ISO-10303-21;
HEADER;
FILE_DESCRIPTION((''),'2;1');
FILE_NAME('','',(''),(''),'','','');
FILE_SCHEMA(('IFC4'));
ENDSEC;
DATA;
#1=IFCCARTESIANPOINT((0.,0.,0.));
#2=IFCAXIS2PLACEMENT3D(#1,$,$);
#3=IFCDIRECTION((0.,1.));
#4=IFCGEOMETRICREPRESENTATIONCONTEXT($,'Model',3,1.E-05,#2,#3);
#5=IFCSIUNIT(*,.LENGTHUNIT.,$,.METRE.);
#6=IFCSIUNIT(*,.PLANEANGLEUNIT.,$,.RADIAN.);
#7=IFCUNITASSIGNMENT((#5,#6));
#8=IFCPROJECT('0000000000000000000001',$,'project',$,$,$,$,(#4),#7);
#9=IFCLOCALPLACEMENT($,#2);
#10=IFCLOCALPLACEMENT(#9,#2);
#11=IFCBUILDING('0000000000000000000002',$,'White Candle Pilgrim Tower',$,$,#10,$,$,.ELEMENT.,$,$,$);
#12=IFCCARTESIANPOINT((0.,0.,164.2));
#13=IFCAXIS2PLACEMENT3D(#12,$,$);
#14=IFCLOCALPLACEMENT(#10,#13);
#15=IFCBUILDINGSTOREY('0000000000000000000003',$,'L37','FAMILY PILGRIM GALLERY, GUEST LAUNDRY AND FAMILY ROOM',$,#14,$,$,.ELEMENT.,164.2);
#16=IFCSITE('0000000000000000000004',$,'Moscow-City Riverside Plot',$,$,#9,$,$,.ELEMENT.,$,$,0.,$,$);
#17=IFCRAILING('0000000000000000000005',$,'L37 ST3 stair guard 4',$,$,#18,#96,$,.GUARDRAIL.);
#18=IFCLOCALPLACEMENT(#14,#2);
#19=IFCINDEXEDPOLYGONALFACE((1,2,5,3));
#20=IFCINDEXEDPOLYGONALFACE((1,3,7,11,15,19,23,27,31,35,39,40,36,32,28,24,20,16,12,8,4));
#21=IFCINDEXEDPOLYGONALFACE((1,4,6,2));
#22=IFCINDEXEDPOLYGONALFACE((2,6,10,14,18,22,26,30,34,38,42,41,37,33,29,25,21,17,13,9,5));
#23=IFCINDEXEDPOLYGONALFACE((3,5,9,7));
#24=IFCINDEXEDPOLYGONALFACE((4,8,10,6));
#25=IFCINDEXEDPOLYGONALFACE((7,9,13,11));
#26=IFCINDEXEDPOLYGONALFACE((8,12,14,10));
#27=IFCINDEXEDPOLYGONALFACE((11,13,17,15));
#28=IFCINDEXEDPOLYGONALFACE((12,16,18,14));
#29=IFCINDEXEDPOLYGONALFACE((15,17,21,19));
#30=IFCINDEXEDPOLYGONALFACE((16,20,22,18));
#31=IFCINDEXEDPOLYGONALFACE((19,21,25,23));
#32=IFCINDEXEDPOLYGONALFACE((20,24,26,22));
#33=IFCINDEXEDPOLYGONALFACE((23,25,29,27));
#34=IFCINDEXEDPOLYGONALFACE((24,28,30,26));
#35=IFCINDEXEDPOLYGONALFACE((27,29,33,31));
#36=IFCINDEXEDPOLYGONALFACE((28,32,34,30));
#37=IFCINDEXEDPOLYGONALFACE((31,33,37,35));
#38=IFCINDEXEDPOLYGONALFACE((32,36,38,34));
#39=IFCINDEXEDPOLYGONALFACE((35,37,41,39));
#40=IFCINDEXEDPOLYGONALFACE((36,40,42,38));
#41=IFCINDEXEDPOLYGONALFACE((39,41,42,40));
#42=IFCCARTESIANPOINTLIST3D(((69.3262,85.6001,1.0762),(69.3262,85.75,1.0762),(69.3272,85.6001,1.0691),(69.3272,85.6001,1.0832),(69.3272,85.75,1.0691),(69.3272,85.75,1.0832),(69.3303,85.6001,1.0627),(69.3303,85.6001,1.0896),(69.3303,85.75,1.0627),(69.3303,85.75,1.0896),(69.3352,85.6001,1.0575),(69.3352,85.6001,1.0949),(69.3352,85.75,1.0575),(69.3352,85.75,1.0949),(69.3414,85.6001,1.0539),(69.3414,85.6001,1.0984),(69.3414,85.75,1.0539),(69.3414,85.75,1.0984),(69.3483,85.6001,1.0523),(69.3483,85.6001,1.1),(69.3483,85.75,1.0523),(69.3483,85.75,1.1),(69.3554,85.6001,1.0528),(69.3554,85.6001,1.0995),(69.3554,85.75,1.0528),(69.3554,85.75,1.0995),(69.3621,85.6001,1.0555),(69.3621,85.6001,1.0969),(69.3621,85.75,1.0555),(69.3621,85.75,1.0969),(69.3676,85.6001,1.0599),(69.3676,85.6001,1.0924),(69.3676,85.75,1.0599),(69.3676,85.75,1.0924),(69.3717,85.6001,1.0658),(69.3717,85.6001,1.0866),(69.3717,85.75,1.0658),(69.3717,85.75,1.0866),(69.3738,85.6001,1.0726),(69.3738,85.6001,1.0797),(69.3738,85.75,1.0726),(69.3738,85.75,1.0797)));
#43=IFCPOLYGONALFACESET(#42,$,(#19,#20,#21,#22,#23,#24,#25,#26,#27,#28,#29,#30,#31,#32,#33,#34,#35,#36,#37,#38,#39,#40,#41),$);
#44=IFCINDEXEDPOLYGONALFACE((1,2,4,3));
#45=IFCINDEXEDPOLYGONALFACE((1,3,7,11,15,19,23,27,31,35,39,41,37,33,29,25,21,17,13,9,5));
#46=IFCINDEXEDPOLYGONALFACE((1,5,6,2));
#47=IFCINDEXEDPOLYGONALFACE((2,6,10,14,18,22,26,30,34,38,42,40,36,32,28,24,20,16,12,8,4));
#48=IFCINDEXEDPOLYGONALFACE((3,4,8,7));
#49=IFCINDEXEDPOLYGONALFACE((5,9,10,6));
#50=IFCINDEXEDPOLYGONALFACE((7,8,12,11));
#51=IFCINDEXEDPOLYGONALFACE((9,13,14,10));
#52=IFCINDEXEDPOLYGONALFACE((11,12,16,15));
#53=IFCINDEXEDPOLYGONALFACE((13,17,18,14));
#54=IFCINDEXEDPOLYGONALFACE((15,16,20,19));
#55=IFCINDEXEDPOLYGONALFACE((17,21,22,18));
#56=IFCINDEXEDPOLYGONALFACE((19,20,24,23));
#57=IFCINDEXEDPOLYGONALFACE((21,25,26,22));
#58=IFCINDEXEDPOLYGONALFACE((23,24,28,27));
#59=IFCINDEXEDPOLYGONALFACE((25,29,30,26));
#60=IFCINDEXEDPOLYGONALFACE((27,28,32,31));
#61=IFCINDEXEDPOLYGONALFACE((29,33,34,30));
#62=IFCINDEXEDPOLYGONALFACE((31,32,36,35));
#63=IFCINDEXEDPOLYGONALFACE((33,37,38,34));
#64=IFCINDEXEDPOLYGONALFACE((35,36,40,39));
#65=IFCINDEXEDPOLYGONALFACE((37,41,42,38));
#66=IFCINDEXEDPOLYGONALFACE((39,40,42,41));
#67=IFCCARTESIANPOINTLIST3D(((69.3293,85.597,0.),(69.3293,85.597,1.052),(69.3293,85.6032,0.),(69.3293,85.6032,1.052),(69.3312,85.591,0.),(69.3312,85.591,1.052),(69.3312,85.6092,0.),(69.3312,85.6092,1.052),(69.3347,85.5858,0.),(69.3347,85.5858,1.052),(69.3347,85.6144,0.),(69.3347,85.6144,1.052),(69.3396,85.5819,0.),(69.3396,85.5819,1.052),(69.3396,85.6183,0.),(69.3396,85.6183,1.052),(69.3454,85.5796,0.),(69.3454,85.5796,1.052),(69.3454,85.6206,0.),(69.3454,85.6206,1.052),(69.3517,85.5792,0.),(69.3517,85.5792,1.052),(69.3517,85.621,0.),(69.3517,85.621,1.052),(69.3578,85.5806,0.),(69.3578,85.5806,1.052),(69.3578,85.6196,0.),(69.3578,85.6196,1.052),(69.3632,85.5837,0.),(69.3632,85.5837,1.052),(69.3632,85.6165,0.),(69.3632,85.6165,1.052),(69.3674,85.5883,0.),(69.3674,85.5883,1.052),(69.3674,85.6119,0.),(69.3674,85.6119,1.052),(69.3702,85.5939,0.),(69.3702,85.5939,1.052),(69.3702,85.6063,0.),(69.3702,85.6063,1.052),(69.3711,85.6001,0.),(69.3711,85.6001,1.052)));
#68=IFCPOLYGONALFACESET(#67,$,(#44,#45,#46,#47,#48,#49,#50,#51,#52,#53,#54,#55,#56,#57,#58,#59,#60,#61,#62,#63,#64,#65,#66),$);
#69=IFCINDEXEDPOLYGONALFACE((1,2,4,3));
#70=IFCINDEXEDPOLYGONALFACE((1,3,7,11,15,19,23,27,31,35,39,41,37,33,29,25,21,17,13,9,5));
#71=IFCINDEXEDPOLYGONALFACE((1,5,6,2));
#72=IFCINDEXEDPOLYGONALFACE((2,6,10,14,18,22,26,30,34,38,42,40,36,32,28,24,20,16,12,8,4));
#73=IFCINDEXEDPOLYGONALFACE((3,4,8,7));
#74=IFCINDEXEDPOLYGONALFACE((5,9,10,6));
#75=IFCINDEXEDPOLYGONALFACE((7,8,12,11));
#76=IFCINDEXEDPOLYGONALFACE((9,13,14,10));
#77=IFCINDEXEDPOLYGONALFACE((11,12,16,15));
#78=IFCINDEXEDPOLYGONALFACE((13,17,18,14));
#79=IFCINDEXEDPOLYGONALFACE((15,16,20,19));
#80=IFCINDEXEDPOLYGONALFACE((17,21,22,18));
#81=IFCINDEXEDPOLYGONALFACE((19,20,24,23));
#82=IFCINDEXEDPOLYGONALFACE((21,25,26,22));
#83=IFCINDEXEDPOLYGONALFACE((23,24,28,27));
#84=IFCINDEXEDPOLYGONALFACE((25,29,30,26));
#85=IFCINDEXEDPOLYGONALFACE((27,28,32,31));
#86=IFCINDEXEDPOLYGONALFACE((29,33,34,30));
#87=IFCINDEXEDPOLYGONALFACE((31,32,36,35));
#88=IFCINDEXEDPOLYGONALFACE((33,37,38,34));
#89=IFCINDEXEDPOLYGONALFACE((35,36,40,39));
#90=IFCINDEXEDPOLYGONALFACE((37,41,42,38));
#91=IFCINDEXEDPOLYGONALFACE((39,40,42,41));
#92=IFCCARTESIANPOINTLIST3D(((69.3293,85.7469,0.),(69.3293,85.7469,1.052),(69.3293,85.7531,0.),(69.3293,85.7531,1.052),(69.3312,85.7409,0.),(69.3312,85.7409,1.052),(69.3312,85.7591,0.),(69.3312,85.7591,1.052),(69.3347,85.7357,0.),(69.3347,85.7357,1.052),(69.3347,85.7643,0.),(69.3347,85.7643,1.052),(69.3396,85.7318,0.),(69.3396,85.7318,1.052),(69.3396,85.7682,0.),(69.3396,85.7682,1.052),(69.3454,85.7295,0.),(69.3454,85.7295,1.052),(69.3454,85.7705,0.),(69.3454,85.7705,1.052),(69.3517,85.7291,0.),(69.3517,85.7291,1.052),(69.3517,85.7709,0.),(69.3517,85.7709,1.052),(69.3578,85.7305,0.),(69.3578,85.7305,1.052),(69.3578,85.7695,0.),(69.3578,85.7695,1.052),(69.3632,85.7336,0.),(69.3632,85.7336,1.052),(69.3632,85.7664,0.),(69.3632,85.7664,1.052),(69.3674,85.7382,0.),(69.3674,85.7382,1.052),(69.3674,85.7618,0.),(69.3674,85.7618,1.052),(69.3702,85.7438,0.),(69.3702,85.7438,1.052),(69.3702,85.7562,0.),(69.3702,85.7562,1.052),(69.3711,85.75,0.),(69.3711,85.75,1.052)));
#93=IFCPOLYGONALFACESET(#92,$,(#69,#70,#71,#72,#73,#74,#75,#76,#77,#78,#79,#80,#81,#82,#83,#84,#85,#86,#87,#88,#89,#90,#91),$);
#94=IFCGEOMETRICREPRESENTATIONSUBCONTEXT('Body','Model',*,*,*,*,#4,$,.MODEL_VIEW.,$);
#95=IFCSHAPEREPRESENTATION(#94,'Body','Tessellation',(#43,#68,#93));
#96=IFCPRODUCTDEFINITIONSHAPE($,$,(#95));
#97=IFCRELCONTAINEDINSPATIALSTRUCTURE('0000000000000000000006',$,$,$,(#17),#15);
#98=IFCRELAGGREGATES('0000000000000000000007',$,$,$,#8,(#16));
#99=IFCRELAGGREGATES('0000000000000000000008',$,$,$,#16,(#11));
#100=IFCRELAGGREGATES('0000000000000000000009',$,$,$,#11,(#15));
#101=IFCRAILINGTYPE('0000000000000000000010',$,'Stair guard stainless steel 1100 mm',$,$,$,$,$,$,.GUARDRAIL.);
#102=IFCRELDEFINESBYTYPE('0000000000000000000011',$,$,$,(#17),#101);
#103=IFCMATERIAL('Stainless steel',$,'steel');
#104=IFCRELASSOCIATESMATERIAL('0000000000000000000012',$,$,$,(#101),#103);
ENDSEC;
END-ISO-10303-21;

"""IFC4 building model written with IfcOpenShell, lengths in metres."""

from ifc_helpers import new_model, si_unit, direction, frame, origin, origin_2d, place, context, subcontext, project, spatial, circle, extrude, material, type_object, element, save


model = new_model("IFC4")

# Units and contexts
model_context = context("Model", 3, precision=1e-05, world=origin(), true_north=direction((0.0, 1.0)))
body_context = subcontext(model_context, "Body", "Model", "MODEL_VIEW")
ifc_project = project(units=[si_unit("LENGTHUNIT", "METRE"), si_unit("PLANEANGLEUNIT", "RADIAN")], contexts=[model_context])

# Site, building, storey
site_placement = place(None, origin())
site = spatial("IfcSite", under=ifc_project, at=site_placement, Name="Moscow-City Riverside Plot", CompositionType="ELEMENT", RefElevation=0.0)
building_placement = place(site_placement, origin())
building = spatial("IfcBuilding", under=site, at=building_placement, Name="White Candle Pilgrim Tower", CompositionType="ELEMENT")
storey_placement = place(building_placement, frame((0.0, 0.0, 164.2)))
storey = spatial("IfcBuildingStorey", under=building, at=storey_placement, Name="L37", Description="FAMILY PILGRIM GALLERY, GUEST LAUNDRY AND FAMILY ROOM", CompositionType="ELEMENT", Elevation=164.2)

# Shared definitions
ifc_material_1 = material(Name="Stainless steel", Category="steel")

# Railing
railing_type_1 = type_object("IfcRailingType", Name="Stair guard stainless steel 1100 mm", PredefinedType="GUARDRAIL", material=ifc_material_1)
railing_1_placement = place(storey_placement, frame((69.3501, 85.6001, 0.0)))
element("IfcRailing", 1, at=railing_1_placement, inside=storey, type_object=railing_type_1, Name="L37 ST3 stair guard 4", PredefinedType="GUARDRAIL", context=body_context, shape_type="SweptSolid", body=[
    extrude(circle(Radius=0.0239, at=origin_2d()), frame((0.0, 0.0, 1.0762), z_axis=(0.0, 1.0, 0.0), x_axis=(-1.0, 0.0, 0.0)), (0.0, 0.0, 1.0), 0.1499),
    extrude(circle(Radius=0.021, at=origin_2d()), origin(), (0.0, 0.0, 1.0), 1.052),
    extrude(circle(Radius=0.021, at=origin_2d()), frame((0.0, 0.1499, 0.0)), (0.0, 0.0, 1.0), 1.052),
])

save(model, "model.ifc")
